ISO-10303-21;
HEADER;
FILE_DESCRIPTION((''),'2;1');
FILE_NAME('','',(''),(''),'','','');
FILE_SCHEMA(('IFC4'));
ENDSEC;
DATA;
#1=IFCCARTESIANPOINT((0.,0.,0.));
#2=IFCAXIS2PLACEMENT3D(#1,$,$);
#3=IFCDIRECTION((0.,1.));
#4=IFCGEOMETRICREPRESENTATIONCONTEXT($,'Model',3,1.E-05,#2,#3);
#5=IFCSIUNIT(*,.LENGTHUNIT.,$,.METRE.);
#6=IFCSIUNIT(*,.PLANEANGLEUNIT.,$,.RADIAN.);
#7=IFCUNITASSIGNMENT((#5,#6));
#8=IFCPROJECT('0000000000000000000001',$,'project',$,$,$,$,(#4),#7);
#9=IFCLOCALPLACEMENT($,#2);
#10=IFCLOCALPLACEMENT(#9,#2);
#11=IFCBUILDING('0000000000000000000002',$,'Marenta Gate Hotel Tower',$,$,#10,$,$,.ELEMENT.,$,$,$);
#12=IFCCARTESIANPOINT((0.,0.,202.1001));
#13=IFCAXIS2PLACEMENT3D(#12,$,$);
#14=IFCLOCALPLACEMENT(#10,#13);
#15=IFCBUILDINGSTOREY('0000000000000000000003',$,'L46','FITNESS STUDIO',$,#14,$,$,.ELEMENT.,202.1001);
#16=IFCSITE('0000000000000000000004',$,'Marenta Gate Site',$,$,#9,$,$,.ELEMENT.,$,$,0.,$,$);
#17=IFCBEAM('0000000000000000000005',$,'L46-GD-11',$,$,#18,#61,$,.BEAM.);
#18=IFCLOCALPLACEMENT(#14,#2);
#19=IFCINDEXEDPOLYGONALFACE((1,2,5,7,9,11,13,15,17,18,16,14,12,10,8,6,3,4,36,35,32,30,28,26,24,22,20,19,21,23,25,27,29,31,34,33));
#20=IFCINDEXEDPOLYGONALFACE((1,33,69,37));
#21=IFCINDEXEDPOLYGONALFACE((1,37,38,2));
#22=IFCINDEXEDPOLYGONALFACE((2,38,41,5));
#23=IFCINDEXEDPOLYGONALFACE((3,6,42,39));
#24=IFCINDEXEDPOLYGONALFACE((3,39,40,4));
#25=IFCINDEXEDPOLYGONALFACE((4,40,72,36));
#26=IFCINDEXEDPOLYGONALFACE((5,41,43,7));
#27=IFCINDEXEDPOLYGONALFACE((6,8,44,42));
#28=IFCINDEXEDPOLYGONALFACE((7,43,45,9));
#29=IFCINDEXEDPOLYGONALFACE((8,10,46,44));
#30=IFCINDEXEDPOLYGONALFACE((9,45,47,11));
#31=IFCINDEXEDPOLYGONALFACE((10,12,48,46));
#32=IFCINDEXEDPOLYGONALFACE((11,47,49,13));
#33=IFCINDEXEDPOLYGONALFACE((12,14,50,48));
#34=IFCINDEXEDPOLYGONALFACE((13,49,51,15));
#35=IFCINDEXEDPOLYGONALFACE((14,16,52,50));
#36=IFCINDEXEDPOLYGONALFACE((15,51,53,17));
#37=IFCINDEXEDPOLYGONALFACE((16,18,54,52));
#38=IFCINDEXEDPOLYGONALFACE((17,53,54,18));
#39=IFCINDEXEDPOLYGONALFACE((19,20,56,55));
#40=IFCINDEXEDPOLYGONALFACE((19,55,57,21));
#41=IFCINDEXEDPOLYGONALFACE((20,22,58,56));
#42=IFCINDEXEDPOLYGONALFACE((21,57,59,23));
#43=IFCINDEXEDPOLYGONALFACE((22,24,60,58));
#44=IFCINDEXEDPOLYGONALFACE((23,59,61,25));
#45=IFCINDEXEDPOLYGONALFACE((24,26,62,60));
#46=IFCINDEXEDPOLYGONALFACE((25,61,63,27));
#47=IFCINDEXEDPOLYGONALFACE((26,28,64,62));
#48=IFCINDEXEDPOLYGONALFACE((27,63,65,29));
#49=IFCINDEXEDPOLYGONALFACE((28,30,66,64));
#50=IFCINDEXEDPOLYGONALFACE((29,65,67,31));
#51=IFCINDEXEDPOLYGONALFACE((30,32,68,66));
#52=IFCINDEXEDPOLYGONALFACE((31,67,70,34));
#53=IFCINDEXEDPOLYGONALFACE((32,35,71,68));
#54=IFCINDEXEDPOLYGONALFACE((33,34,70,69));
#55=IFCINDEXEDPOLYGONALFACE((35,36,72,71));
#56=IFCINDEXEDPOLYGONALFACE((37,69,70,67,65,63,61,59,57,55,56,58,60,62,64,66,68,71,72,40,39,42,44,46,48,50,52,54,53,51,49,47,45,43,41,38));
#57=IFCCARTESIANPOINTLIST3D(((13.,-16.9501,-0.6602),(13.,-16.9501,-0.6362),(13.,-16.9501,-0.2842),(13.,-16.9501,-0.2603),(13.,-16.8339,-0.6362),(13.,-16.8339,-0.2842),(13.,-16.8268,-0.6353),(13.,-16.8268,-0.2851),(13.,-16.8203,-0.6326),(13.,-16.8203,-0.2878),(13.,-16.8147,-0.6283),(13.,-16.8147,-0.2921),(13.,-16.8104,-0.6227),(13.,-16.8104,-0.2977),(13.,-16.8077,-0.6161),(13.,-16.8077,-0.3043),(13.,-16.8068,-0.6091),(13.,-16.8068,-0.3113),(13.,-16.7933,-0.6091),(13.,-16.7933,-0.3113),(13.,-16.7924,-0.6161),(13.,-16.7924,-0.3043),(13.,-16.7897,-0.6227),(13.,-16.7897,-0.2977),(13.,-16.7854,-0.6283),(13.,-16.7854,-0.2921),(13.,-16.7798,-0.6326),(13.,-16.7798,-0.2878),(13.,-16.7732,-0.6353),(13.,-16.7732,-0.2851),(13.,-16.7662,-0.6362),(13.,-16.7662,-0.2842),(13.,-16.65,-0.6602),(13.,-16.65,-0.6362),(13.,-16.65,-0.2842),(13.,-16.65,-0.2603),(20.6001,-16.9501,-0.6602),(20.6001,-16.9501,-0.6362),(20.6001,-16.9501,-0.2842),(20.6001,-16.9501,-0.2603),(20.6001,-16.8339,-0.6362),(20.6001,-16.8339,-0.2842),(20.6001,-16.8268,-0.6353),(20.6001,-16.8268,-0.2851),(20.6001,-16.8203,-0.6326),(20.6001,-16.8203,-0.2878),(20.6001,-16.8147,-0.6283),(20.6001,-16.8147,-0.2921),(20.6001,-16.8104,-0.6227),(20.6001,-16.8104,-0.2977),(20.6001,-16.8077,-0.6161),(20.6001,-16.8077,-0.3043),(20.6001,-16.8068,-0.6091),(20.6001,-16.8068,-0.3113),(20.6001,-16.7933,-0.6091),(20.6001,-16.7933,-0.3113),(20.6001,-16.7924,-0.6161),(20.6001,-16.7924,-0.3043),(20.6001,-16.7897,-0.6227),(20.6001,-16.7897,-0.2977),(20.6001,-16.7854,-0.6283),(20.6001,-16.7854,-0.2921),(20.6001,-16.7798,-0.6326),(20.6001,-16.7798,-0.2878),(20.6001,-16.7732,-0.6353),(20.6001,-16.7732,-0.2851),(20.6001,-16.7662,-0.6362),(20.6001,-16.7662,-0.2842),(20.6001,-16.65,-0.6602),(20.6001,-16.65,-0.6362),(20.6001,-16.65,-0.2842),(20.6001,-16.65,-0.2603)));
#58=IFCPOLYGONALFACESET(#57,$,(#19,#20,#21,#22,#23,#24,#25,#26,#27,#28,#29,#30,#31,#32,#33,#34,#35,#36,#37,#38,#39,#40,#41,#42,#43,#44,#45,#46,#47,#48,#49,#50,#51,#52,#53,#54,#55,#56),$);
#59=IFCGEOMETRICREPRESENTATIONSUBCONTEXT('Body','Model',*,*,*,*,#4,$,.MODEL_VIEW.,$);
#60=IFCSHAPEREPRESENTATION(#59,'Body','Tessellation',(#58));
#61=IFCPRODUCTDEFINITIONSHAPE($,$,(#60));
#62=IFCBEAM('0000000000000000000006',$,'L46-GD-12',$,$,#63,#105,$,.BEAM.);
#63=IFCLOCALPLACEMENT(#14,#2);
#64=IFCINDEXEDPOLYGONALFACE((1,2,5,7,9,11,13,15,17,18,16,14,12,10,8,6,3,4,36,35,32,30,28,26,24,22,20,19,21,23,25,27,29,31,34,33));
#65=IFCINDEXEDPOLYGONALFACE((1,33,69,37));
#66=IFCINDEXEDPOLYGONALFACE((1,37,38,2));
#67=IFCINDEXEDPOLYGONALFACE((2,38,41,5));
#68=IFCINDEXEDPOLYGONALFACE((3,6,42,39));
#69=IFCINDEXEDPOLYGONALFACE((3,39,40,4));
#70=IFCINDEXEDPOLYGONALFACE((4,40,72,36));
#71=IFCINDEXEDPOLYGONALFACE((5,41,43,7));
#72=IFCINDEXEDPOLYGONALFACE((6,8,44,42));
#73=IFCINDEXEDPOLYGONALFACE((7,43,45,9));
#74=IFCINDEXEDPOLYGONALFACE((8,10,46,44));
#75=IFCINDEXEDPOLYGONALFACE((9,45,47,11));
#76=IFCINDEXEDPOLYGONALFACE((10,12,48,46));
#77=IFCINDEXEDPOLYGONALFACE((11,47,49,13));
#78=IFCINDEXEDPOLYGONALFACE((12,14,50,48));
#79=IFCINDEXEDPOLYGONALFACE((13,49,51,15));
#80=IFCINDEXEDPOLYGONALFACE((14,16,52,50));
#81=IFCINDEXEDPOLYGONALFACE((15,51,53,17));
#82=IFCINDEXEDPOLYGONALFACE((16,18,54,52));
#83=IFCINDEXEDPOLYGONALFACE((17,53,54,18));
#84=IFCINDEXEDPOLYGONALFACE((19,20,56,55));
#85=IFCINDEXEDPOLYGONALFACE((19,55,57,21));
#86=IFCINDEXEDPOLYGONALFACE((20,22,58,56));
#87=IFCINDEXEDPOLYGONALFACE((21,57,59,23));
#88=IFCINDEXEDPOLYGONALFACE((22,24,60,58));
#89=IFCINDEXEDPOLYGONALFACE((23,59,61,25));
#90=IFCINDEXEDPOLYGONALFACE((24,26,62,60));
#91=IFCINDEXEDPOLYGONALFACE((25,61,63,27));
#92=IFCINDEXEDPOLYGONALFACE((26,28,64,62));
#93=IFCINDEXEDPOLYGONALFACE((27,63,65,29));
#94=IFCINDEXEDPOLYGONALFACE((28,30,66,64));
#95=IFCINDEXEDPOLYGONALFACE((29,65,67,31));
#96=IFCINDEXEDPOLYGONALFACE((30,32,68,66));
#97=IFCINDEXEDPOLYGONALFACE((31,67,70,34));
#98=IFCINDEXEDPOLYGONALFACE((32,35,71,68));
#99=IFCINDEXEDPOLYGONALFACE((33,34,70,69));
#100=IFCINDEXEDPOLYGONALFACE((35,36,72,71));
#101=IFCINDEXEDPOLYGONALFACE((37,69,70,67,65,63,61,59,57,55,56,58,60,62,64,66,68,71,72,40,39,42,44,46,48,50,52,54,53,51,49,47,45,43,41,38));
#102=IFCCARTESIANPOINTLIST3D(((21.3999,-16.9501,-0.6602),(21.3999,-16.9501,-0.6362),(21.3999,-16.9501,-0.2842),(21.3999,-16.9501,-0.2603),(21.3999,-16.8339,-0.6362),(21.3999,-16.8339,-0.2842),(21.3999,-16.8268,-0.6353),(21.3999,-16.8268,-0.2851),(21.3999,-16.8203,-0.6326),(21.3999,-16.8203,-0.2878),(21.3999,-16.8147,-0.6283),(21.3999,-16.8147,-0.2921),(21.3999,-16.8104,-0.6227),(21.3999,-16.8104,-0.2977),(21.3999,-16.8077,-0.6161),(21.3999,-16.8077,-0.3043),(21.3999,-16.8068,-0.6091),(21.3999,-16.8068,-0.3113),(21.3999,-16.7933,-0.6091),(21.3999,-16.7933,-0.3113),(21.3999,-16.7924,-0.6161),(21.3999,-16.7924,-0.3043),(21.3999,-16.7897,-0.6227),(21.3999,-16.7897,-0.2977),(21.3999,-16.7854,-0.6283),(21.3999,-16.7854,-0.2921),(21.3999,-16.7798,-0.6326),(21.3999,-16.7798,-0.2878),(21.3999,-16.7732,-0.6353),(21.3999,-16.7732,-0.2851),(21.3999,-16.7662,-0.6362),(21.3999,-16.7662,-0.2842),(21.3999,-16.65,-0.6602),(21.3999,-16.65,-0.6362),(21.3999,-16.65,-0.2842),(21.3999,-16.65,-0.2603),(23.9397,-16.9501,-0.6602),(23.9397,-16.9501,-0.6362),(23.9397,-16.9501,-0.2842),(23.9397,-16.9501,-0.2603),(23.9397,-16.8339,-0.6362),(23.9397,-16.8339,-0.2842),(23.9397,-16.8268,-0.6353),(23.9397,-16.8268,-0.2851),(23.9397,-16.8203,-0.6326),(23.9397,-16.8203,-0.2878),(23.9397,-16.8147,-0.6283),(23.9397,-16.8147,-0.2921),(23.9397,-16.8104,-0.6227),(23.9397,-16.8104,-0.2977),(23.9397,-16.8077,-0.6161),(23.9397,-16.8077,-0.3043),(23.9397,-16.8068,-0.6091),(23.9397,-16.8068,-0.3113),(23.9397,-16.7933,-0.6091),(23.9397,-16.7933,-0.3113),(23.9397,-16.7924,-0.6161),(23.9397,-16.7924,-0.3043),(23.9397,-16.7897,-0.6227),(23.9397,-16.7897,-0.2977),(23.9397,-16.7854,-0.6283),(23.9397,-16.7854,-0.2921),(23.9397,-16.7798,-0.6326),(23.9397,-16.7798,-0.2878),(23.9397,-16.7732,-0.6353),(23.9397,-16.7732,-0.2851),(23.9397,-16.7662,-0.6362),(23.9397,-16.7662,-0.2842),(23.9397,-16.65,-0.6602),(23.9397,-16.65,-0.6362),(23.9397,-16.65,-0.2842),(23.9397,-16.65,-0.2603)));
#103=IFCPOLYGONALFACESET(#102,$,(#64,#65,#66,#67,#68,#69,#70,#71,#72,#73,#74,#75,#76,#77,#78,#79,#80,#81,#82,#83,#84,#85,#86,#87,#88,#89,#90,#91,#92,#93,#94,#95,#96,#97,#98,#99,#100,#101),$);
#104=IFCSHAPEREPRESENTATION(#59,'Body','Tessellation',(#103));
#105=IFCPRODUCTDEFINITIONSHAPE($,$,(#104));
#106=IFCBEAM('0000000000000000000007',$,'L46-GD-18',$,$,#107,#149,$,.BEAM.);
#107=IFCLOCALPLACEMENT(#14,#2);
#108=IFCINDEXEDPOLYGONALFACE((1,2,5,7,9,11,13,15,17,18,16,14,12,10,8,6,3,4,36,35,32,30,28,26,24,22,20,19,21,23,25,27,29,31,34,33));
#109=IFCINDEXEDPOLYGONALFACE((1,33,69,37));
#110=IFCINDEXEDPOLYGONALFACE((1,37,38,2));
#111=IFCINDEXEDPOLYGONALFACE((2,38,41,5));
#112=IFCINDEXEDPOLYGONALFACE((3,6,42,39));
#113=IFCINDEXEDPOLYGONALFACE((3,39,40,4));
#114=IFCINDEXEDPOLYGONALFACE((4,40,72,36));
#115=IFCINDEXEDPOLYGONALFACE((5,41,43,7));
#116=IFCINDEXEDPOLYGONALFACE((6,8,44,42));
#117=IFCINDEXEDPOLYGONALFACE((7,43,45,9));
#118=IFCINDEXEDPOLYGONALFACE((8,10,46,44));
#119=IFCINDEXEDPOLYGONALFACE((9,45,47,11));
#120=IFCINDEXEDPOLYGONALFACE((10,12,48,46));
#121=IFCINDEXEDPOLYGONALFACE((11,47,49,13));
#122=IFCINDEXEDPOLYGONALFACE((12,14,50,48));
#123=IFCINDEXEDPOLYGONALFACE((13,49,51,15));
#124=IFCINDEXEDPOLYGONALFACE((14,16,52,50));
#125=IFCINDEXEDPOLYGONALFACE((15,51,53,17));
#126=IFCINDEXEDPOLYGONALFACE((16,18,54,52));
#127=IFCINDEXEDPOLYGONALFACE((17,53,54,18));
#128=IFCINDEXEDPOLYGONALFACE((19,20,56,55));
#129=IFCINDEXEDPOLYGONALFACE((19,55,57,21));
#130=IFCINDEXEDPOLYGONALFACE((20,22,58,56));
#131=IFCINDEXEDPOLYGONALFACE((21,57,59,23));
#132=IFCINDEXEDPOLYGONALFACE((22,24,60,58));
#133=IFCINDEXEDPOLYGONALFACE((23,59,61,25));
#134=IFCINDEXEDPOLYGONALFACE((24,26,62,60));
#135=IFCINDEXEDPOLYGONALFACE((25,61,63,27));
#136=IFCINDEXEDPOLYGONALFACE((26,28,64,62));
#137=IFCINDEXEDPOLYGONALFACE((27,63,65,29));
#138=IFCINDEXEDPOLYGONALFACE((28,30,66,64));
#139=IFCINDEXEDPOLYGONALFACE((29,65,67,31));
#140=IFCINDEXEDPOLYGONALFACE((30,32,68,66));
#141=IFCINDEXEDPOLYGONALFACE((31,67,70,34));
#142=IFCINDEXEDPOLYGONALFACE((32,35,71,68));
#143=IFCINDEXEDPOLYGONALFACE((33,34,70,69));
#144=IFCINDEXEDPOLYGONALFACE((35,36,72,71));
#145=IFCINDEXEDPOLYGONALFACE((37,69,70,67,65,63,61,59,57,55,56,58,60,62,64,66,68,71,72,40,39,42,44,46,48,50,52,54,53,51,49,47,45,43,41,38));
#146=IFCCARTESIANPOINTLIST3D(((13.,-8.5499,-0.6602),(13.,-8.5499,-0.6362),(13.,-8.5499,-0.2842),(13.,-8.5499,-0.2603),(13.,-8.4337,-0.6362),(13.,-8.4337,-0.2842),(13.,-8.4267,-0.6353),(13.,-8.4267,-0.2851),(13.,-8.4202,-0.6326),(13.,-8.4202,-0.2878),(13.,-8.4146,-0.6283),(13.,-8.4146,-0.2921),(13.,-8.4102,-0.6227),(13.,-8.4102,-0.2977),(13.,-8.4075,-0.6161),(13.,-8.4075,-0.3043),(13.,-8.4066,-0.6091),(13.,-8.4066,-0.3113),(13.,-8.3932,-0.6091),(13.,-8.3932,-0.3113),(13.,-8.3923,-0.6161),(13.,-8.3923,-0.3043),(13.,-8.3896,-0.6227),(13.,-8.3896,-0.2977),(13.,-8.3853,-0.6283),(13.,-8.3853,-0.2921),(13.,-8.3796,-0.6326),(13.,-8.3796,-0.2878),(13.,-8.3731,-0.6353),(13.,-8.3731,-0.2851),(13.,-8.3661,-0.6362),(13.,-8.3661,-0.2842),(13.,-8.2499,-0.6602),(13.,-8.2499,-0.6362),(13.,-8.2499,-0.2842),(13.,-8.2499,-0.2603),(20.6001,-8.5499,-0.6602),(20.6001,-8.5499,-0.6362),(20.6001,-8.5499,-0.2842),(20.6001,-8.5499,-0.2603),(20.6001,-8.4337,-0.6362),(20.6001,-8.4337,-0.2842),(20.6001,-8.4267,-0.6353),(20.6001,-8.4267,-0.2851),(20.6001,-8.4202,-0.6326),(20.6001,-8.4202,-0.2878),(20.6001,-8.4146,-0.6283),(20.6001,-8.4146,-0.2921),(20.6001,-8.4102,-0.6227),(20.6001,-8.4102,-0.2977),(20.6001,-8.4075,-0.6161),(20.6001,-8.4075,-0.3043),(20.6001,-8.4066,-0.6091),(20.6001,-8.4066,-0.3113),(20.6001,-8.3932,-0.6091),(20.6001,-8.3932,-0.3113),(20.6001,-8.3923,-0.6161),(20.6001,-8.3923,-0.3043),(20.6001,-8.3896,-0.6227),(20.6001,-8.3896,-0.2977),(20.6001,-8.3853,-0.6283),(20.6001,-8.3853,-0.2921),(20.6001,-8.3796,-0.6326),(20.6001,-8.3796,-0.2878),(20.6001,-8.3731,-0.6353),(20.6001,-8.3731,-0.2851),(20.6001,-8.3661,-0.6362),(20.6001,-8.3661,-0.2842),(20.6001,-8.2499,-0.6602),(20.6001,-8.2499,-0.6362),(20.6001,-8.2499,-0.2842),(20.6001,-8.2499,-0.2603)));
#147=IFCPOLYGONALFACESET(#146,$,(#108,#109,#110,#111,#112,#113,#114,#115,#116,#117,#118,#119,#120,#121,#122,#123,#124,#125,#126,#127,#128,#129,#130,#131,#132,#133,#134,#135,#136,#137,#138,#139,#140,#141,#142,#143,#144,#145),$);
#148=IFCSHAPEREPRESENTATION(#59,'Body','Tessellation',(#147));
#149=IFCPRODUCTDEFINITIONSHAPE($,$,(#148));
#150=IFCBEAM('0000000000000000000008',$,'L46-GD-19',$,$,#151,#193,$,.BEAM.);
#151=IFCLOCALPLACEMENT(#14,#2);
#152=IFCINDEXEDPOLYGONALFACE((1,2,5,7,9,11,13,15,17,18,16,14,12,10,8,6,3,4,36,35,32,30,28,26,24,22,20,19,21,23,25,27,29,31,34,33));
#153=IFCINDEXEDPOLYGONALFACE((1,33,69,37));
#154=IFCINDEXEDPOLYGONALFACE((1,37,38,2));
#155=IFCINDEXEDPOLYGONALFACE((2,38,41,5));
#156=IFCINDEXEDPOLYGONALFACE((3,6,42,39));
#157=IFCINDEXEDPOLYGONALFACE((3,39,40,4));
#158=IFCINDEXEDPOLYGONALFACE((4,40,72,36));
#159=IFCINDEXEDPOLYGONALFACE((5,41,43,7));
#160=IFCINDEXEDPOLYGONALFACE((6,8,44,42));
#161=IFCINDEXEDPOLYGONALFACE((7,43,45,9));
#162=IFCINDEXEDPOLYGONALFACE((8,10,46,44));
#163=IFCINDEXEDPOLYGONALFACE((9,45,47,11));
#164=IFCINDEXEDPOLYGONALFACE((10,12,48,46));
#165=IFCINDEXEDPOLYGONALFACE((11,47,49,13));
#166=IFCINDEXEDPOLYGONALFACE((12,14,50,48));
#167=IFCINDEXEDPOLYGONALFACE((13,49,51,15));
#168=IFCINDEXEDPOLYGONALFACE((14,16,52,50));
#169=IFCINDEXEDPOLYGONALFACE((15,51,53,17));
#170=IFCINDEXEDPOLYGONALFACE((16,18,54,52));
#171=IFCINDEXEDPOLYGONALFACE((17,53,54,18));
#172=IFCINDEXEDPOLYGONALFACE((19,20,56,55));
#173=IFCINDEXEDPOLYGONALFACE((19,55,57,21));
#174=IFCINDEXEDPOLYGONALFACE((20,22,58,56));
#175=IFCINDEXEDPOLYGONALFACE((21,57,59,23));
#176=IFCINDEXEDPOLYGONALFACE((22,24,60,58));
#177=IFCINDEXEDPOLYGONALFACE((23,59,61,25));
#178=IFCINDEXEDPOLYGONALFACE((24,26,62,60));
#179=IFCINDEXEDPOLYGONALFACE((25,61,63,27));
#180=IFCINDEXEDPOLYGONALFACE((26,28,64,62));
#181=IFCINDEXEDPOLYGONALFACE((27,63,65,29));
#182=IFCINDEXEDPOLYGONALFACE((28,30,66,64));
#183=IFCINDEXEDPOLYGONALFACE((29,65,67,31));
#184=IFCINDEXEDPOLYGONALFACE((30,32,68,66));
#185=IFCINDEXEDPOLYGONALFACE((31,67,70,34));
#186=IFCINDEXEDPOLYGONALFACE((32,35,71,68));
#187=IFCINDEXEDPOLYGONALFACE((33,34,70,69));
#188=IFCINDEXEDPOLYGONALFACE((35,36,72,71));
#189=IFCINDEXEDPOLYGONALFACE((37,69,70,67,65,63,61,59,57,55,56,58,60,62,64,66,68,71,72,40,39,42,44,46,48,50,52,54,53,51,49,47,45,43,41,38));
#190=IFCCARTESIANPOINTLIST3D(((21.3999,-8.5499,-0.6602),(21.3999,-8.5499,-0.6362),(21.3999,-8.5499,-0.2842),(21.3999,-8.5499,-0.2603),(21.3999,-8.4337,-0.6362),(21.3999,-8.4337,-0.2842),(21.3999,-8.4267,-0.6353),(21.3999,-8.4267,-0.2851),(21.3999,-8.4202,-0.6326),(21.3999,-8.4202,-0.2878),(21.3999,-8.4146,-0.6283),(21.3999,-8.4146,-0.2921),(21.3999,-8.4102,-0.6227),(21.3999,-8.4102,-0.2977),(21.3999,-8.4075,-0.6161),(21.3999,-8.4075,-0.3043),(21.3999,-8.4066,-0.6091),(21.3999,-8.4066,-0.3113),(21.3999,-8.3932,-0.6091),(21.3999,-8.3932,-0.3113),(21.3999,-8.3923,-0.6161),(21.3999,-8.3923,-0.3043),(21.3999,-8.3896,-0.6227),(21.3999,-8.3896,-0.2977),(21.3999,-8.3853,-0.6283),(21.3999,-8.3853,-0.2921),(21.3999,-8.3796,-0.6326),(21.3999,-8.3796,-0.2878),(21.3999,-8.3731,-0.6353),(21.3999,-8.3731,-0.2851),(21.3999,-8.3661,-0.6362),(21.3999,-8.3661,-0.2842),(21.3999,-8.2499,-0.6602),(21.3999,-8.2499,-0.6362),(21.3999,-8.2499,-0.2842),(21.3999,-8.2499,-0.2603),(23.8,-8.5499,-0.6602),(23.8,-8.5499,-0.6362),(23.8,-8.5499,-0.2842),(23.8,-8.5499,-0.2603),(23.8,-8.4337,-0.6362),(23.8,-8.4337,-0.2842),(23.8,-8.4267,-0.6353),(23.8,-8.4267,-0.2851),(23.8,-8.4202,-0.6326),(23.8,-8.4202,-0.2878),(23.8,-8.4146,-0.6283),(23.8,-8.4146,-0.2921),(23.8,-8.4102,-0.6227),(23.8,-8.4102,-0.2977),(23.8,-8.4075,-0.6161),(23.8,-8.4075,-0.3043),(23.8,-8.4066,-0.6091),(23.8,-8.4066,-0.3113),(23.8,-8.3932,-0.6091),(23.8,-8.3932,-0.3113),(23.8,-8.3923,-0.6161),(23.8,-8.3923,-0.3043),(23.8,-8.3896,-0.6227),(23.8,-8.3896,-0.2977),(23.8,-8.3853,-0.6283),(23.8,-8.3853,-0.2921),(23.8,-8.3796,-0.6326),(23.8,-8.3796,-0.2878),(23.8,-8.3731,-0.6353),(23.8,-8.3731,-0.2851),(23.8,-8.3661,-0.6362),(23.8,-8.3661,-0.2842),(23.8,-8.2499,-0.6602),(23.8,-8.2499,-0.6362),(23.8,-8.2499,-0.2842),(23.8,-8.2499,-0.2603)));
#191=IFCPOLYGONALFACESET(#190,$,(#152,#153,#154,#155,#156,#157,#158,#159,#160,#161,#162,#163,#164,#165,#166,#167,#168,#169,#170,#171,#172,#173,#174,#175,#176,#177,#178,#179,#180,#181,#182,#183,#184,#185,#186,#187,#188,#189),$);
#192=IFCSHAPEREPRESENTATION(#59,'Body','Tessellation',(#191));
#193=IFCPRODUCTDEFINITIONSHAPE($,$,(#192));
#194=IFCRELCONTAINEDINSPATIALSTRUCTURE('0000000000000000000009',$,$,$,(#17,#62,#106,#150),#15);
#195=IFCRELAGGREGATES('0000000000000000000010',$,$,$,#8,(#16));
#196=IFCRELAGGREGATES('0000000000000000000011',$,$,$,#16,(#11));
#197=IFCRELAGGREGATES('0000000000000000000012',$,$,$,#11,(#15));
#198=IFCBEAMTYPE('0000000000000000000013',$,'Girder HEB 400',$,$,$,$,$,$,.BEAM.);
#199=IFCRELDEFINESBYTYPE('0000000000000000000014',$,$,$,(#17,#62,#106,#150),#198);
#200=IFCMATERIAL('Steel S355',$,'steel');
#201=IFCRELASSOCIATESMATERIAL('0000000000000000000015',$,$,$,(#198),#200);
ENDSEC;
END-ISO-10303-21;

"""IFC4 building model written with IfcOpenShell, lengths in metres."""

from ifc_helpers import new_model, si_unit, direction, frame, origin, origin_2d, place, context, subcontext, project, spatial, i_section, extrude, material, material_profile, profile_set, type_object, element, save


model = new_model("IFC4")

# Units and contexts
model_context = context("Model", 3, precision=1e-05, world=origin(), true_north=direction((0.0, 1.0)))
body_context = subcontext(model_context, "Body", "Model", "MODEL_VIEW")
ifc_project = project(units=[si_unit("LENGTHUNIT", "METRE"), si_unit("PLANEANGLEUNIT", "RADIAN")], contexts=[model_context])

# Site, building, storey
site_placement = place(None, origin())
site = spatial("IfcSite", under=ifc_project, at=site_placement, Name="Marenta Gate Site", CompositionType="ELEMENT", RefElevation=0.0)
building_placement = place(site_placement, origin())
building = spatial("IfcBuilding", under=site, at=building_placement, Name="Marenta Gate Hotel Tower", CompositionType="ELEMENT")
storey_placement = place(building_placement, frame((0.0, 0.0, 202.1001)))
storey = spatial("IfcBuildingStorey", under=building, at=storey_placement, Name="L46", Description="FITNESS STUDIO", CompositionType="ELEMENT", Elevation=202.1001)

# Beams
ifc_material_1 = material(Name="Steel S355", Category="steel")
ifc_material_profile_1 = material_profile(ifc_material_1, i_section(OverallWidth=0.3, OverallDepth=0.3999, WebThickness=0.0134, FlangeThickness=0.0239, FilletRadius=0.0271, at=origin_2d()), Name="HEB 400")
ifc_profile_set_1 = profile_set([ifc_material_profile_1], Name="Steel S355")
beam_type_1 = type_object("IfcBeamType", Name="Girder HEB 400", PredefinedType="BEAM", material=ifc_profile_set_1)
beam_1_placement = place(storey_placement, frame((13.0, -16.8, -0.4602), z_axis=(1.0, 0.0, 0.0), x_axis=(0.0, 1.0, 0.0)))
element("IfcBeam", 1, at=beam_1_placement, inside=storey, type_object=beam_type_1, Name="L46-GD-11", PredefinedType="BEAM", context=body_context, shape_type="SweptSolid", body=[
    extrude(i_section(OverallWidth=0.3, OverallDepth=0.3999, WebThickness=0.0134, FlangeThickness=0.0239, FilletRadius=0.0271, at=origin_2d()), origin(), (0.0, 0.0, 1.0), 7.6001),
])
beam_2_placement = place(storey_placement, frame((21.3999, -16.8, -0.4602), z_axis=(1.0, 0.0, 0.0), x_axis=(0.0, 1.0, 0.0)))
element("IfcBeam", 2, at=beam_2_placement, inside=storey, type_object=beam_type_1, Name="L46-GD-12", PredefinedType="BEAM", context=body_context, shape_type="SweptSolid", body=[
    extrude(i_section(OverallWidth=0.3, OverallDepth=0.3999, WebThickness=0.0134, FlangeThickness=0.0239, FilletRadius=0.0271, at=origin_2d()), origin(), (0.0, 0.0, 1.0), 2.5398),
])
beam_3_placement = place(storey_placement, frame((13.0, -8.3999, -0.4602), z_axis=(1.0, 0.0, 0.0), x_axis=(0.0, 1.0, 0.0)))
element("IfcBeam", 3, at=beam_3_placement, inside=storey, type_object=beam_type_1, Name="L46-GD-18", PredefinedType="BEAM", context=body_context, shape_type="SweptSolid", body=[
    extrude(i_section(OverallWidth=0.3, OverallDepth=0.3999, WebThickness=0.0134, FlangeThickness=0.0239, FilletRadius=0.0271, at=origin_2d()), origin(), (0.0, 0.0, 1.0), 7.6001),
])
beam_4_placement = place(storey_placement, frame((21.3999, -8.3999, -0.4602), z_axis=(1.0, 0.0, 0.0), x_axis=(0.0, 1.0, 0.0)))
element("IfcBeam", 4, at=beam_4_placement, inside=storey, type_object=beam_type_1, Name="L46-GD-19", PredefinedType="BEAM", context=body_context, shape_type="SweptSolid", body=[
    extrude(i_section(OverallWidth=0.3, OverallDepth=0.3999, WebThickness=0.0134, FlangeThickness=0.0239, FilletRadius=0.0271, at=origin_2d()), origin(), (0.0, 0.0, 1.0), 2.4001),
])

save(model, "model.ifc")
